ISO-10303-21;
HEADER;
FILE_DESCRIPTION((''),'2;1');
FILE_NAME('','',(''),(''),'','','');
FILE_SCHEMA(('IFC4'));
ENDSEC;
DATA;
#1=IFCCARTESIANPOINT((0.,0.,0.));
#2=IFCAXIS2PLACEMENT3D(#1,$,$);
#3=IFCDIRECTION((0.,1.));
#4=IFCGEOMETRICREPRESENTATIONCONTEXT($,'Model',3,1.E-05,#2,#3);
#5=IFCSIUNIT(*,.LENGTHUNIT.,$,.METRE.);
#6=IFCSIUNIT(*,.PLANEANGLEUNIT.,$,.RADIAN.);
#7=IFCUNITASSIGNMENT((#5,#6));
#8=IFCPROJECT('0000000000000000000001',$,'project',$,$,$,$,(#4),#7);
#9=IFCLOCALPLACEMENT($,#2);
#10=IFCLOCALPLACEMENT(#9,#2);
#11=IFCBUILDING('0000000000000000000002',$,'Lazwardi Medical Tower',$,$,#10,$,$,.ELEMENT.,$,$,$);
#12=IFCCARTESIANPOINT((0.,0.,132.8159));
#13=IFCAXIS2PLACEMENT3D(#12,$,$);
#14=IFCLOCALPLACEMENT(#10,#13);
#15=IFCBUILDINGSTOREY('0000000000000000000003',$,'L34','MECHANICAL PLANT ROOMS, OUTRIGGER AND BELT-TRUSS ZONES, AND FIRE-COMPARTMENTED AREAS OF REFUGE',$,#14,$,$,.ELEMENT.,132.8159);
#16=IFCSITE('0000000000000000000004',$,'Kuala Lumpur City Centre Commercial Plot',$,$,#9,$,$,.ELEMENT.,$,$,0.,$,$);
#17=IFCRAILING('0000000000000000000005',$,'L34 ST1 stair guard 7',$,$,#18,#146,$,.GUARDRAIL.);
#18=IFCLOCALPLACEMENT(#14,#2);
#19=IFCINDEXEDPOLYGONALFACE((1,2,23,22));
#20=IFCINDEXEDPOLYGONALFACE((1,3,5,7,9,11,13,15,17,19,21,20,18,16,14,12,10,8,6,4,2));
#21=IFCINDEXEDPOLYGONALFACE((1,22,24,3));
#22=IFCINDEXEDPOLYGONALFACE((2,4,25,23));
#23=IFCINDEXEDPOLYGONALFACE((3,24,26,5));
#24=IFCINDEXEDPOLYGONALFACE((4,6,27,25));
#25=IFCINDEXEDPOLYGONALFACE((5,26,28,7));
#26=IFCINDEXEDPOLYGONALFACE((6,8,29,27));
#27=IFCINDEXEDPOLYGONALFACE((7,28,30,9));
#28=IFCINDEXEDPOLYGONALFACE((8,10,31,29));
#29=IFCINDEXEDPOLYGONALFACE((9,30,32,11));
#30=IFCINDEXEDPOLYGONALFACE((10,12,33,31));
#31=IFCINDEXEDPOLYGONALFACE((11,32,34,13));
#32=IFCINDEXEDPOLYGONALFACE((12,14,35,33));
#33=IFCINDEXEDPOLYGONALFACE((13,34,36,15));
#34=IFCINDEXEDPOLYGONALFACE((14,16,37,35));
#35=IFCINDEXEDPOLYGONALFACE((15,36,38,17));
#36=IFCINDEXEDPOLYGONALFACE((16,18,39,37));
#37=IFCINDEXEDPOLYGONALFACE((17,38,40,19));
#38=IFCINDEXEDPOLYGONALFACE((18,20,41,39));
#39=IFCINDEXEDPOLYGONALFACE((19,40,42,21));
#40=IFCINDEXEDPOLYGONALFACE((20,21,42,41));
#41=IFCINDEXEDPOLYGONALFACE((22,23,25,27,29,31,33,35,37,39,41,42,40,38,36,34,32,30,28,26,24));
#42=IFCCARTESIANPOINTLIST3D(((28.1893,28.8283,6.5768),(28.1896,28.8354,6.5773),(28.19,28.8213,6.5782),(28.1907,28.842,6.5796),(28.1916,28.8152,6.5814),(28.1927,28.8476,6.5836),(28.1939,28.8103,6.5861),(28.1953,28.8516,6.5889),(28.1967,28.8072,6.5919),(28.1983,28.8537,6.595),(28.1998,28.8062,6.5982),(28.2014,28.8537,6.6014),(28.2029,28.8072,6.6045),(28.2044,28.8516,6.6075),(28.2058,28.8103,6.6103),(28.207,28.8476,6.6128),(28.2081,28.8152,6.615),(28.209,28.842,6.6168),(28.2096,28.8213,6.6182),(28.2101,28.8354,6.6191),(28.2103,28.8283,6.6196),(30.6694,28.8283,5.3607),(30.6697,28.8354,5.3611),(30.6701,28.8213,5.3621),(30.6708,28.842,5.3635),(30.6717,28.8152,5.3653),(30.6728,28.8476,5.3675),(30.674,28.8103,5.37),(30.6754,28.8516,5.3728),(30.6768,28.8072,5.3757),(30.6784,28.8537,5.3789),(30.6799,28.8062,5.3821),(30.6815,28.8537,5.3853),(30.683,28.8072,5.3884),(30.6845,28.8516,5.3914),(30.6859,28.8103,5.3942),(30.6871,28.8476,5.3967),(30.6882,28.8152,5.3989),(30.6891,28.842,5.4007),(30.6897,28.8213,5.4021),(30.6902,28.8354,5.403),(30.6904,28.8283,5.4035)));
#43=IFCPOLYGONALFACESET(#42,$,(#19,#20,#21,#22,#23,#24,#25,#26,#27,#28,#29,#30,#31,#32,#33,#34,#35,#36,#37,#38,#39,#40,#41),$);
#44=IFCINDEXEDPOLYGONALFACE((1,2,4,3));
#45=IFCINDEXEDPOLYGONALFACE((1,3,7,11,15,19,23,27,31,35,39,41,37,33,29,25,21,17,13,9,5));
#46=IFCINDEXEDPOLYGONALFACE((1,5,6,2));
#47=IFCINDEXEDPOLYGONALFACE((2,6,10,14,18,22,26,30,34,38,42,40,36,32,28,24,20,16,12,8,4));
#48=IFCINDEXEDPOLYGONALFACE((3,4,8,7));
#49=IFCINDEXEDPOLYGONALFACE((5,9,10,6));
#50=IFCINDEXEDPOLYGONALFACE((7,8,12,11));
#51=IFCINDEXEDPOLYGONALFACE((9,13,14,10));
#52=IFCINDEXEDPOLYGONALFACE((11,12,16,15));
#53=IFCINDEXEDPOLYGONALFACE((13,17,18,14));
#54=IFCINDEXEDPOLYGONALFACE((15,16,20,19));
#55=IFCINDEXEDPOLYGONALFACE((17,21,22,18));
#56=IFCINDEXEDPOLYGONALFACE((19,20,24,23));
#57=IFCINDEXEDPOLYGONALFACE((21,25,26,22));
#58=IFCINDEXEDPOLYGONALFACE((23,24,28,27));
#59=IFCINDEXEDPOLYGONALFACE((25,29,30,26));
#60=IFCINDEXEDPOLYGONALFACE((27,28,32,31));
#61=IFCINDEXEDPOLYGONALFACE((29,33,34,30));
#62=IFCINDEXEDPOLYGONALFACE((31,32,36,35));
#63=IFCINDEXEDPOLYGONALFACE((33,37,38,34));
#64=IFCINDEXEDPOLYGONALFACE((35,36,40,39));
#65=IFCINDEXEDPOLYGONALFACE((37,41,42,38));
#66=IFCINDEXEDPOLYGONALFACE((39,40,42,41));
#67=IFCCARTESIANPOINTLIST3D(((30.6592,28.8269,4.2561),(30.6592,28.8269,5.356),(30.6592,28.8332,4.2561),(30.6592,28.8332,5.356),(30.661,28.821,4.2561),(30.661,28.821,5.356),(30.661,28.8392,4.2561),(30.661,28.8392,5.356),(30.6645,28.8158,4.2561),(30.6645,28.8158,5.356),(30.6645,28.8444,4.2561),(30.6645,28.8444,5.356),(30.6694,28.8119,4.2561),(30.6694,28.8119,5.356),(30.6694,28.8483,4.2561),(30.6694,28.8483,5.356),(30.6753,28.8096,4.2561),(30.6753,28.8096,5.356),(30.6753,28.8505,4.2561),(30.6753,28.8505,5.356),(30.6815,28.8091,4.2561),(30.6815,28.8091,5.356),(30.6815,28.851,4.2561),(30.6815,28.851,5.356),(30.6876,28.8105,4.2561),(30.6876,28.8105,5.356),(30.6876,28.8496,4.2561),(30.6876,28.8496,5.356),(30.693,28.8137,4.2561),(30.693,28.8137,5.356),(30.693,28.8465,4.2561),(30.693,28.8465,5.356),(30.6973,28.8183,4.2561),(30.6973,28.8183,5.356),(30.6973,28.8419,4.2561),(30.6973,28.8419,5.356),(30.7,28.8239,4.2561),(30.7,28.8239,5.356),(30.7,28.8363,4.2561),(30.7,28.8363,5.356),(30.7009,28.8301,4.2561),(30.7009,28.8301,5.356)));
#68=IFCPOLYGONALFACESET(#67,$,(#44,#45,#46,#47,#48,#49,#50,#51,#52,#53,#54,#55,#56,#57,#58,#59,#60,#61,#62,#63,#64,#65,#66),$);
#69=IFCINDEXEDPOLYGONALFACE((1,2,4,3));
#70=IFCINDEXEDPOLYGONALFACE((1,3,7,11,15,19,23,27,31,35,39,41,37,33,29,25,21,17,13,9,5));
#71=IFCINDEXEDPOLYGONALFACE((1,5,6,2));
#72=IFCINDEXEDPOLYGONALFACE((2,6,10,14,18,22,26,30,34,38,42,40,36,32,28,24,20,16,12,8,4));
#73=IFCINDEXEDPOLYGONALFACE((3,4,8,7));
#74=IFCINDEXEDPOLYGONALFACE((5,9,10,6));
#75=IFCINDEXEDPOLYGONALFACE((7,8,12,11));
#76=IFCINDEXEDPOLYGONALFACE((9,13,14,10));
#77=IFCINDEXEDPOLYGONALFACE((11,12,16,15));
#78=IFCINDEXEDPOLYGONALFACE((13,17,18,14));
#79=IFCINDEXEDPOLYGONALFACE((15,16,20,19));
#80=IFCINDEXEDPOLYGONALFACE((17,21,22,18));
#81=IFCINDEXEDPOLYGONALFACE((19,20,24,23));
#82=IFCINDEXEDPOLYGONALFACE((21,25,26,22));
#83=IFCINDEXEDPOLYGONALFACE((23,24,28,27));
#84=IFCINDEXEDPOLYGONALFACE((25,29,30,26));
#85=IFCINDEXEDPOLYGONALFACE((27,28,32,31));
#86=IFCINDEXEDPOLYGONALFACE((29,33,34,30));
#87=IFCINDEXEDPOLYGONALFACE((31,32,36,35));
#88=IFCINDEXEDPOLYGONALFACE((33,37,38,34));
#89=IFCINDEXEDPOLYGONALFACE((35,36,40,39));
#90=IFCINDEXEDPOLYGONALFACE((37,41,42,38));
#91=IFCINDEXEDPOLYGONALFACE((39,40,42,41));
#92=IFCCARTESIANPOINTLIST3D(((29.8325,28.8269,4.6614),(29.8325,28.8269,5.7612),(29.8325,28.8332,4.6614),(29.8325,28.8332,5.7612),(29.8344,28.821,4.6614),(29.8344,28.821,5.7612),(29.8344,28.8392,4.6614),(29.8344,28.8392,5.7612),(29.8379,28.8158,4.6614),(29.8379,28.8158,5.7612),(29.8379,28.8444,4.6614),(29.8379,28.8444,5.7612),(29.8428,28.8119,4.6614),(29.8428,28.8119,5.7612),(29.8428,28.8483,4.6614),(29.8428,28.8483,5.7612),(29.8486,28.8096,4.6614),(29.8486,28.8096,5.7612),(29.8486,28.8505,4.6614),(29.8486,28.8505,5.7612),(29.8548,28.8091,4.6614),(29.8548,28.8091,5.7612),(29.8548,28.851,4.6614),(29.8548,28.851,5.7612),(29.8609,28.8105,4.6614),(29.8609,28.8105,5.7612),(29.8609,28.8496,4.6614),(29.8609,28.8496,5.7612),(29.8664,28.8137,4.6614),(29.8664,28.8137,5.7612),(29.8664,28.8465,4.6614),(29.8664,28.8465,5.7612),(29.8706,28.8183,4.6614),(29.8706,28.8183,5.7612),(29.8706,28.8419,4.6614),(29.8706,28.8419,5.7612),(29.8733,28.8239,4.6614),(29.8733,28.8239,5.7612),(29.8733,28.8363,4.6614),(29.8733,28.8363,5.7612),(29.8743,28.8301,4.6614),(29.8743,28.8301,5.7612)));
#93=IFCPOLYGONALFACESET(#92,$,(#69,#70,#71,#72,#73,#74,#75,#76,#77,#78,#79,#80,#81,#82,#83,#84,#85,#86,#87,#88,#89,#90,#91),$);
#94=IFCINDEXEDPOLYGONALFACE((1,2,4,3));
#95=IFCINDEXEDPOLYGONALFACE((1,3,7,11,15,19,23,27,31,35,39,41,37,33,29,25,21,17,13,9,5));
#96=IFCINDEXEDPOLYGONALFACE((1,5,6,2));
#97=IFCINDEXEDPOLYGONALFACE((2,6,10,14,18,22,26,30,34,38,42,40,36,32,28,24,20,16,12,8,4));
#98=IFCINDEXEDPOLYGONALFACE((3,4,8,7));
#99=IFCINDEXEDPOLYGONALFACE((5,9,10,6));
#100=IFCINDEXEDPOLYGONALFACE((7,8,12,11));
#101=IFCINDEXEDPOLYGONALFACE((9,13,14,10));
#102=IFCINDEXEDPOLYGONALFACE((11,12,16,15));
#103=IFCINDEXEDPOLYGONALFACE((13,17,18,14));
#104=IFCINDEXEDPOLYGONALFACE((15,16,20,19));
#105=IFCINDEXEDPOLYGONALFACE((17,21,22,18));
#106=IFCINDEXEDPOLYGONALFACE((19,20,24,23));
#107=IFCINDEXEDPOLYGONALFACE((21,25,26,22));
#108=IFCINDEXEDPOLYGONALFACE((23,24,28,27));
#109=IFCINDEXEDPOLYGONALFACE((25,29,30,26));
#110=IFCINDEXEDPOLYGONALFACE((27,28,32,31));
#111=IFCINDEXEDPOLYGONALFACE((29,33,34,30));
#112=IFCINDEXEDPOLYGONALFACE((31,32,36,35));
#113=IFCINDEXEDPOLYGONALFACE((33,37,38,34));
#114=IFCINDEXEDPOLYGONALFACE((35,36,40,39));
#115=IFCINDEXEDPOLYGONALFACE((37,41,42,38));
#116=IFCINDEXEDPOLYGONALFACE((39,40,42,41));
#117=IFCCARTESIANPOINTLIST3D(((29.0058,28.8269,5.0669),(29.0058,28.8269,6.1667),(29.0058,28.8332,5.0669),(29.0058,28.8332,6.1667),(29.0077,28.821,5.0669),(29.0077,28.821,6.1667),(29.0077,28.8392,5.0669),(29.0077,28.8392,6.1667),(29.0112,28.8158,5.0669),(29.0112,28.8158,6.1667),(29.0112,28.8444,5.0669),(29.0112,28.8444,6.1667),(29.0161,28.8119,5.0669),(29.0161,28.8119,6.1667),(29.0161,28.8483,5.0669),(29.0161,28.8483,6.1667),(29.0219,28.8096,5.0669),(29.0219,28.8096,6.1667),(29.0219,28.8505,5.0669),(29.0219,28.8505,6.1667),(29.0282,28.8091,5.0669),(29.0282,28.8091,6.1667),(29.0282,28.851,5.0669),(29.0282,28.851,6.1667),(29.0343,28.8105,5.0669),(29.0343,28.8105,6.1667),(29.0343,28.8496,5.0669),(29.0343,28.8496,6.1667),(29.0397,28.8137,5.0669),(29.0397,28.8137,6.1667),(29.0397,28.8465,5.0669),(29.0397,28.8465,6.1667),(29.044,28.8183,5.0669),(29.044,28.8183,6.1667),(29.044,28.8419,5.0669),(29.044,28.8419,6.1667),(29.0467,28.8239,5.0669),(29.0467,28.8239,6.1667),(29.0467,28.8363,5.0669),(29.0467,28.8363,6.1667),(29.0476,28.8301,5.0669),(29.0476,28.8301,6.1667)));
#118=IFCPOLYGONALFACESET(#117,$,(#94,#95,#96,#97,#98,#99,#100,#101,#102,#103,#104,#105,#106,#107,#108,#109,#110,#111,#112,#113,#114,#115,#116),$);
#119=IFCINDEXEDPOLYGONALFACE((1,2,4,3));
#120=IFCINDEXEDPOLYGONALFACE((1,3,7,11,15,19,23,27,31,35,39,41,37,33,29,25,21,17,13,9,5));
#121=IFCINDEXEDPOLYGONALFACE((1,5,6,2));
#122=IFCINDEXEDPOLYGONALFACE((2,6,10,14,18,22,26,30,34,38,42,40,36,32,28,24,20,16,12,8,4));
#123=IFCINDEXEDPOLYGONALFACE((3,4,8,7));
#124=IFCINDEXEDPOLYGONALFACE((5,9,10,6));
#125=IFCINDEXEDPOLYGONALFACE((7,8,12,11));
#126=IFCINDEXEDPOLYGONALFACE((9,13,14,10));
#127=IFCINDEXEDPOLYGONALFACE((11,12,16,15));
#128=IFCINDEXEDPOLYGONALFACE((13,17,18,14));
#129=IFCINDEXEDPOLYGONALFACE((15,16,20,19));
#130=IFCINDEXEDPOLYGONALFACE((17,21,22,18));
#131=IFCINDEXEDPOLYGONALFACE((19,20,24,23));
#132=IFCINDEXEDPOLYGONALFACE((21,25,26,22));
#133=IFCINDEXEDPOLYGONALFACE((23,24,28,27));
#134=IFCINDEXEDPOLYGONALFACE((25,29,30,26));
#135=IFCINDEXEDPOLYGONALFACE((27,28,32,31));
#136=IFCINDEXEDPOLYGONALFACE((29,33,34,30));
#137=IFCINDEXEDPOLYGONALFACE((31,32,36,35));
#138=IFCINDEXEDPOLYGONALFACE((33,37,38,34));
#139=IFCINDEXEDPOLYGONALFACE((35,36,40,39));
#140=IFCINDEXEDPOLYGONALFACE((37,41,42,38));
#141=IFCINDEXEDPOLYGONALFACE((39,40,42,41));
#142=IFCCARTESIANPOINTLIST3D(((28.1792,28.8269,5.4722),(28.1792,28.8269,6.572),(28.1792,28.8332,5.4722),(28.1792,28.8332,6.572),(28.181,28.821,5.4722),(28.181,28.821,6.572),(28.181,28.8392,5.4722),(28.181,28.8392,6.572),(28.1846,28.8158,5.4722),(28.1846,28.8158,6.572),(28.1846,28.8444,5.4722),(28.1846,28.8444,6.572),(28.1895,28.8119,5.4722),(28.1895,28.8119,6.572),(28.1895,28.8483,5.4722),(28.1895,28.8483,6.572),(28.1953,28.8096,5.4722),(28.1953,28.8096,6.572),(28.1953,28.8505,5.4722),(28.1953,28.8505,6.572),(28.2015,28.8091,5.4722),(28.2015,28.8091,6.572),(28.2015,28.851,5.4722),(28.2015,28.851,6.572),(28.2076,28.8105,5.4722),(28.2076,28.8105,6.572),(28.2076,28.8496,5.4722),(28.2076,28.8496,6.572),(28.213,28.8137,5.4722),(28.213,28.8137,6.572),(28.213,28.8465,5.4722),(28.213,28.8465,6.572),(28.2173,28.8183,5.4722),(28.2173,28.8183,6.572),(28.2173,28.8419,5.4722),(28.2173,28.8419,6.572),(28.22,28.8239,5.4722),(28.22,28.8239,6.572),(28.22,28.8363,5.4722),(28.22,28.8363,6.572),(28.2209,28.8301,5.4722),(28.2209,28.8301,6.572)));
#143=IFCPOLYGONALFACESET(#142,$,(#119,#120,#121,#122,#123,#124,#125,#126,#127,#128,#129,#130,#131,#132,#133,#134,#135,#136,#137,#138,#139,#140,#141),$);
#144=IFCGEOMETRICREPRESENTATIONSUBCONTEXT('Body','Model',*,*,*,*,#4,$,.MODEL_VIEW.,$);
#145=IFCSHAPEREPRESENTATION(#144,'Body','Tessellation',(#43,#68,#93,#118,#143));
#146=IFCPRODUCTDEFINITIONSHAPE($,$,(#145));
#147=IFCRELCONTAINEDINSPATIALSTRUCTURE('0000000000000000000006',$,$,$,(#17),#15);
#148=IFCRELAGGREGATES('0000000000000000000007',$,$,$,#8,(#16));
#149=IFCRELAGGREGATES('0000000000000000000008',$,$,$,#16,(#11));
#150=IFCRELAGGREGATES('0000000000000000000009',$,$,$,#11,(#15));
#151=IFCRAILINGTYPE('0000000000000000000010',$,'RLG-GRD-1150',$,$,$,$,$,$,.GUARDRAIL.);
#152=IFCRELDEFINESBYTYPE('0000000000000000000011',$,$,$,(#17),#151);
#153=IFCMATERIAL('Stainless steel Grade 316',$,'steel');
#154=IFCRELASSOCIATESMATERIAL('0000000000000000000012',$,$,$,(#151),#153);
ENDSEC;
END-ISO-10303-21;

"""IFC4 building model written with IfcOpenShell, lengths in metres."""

from ifc_helpers import new_model, si_unit, direction, frame, origin, origin_2d, place, context, subcontext, project, spatial, circle, extrude, material, type_object, element, save


model = new_model("IFC4")

# Units and contexts
model_context = context("Model", 3, precision=1e-05, world=origin(), true_north=direction((0.0, 1.0)))
body_context = subcontext(model_context, "Body", "Model", "MODEL_VIEW")
ifc_project = project(units=[si_unit("LENGTHUNIT", "METRE"), si_unit("PLANEANGLEUNIT", "RADIAN")], contexts=[model_context])

# Site, building, storey
site_placement = place(None, origin())
site = spatial("IfcSite", under=ifc_project, at=site_placement, Name="Kuala Lumpur City Centre Commercial Plot", CompositionType="ELEMENT", RefElevation=0.0)
building_placement = place(site_placement, origin())
building = spatial("IfcBuilding", under=site, at=building_placement, Name="Lazwardi Medical Tower", CompositionType="ELEMENT")
storey_placement = place(building_placement, frame((0.0, 0.0, 132.8159)))
storey = spatial("IfcBuildingStorey", under=building, at=storey_placement, Name="L34", Description="MECHANICAL PLANT ROOMS, OUTRIGGER AND BELT-TRUSS ZONES, AND FIRE-COMPARTMENTED AREAS OF REFUGE", CompositionType="ELEMENT", Elevation=132.8159)

# Railing
ifc_material_1 = material(Name="Stainless steel Grade 316", Category="steel")
railing_type_1 = type_object("IfcRailingType", Name="RLG-GRD-1150", PredefinedType="GUARDRAIL", material=ifc_material_1)
railing_1_placement = place(storey_placement, frame((30.6799, 28.8301, 4.2561)))
element("IfcRailing", 1, at=railing_1_placement, inside=storey, type_object=railing_type_1, Name="L34 ST1 stair guard 7", PredefinedType="GUARDRAIL", context=body_context, shape_type="SweptSolid", body=[
    extrude(circle(Radius=0.0239, at=origin_2d()), frame((0.0, 0.0, 1.126), z_axis=(-0.897865, 0.0, 0.44027), x_axis=(0.0, -1.0, 0.0)), (0.0, 0.0, 1.0), 2.7622),
    extrude(circle(Radius=0.021, at=origin_2d()), origin(), (0.0, 0.0, 1.0), 1.0999),
    extrude(circle(Radius=0.021, at=origin_2d()), frame((-0.8267, 0.0, 0.4053)), (0.0, 0.0, 1.0), 1.0999),
    extrude(circle(Radius=0.021, at=origin_2d()), frame((-1.6533, 0.0, 0.8108)), (0.0, 0.0, 1.0), 1.0999),
    extrude(circle(Radius=0.021, at=origin_2d()), frame((-2.48, 0.0, 1.2161)), (0.0, 0.0, 1.0), 1.0999),
])

save(model, "model.ifc")
